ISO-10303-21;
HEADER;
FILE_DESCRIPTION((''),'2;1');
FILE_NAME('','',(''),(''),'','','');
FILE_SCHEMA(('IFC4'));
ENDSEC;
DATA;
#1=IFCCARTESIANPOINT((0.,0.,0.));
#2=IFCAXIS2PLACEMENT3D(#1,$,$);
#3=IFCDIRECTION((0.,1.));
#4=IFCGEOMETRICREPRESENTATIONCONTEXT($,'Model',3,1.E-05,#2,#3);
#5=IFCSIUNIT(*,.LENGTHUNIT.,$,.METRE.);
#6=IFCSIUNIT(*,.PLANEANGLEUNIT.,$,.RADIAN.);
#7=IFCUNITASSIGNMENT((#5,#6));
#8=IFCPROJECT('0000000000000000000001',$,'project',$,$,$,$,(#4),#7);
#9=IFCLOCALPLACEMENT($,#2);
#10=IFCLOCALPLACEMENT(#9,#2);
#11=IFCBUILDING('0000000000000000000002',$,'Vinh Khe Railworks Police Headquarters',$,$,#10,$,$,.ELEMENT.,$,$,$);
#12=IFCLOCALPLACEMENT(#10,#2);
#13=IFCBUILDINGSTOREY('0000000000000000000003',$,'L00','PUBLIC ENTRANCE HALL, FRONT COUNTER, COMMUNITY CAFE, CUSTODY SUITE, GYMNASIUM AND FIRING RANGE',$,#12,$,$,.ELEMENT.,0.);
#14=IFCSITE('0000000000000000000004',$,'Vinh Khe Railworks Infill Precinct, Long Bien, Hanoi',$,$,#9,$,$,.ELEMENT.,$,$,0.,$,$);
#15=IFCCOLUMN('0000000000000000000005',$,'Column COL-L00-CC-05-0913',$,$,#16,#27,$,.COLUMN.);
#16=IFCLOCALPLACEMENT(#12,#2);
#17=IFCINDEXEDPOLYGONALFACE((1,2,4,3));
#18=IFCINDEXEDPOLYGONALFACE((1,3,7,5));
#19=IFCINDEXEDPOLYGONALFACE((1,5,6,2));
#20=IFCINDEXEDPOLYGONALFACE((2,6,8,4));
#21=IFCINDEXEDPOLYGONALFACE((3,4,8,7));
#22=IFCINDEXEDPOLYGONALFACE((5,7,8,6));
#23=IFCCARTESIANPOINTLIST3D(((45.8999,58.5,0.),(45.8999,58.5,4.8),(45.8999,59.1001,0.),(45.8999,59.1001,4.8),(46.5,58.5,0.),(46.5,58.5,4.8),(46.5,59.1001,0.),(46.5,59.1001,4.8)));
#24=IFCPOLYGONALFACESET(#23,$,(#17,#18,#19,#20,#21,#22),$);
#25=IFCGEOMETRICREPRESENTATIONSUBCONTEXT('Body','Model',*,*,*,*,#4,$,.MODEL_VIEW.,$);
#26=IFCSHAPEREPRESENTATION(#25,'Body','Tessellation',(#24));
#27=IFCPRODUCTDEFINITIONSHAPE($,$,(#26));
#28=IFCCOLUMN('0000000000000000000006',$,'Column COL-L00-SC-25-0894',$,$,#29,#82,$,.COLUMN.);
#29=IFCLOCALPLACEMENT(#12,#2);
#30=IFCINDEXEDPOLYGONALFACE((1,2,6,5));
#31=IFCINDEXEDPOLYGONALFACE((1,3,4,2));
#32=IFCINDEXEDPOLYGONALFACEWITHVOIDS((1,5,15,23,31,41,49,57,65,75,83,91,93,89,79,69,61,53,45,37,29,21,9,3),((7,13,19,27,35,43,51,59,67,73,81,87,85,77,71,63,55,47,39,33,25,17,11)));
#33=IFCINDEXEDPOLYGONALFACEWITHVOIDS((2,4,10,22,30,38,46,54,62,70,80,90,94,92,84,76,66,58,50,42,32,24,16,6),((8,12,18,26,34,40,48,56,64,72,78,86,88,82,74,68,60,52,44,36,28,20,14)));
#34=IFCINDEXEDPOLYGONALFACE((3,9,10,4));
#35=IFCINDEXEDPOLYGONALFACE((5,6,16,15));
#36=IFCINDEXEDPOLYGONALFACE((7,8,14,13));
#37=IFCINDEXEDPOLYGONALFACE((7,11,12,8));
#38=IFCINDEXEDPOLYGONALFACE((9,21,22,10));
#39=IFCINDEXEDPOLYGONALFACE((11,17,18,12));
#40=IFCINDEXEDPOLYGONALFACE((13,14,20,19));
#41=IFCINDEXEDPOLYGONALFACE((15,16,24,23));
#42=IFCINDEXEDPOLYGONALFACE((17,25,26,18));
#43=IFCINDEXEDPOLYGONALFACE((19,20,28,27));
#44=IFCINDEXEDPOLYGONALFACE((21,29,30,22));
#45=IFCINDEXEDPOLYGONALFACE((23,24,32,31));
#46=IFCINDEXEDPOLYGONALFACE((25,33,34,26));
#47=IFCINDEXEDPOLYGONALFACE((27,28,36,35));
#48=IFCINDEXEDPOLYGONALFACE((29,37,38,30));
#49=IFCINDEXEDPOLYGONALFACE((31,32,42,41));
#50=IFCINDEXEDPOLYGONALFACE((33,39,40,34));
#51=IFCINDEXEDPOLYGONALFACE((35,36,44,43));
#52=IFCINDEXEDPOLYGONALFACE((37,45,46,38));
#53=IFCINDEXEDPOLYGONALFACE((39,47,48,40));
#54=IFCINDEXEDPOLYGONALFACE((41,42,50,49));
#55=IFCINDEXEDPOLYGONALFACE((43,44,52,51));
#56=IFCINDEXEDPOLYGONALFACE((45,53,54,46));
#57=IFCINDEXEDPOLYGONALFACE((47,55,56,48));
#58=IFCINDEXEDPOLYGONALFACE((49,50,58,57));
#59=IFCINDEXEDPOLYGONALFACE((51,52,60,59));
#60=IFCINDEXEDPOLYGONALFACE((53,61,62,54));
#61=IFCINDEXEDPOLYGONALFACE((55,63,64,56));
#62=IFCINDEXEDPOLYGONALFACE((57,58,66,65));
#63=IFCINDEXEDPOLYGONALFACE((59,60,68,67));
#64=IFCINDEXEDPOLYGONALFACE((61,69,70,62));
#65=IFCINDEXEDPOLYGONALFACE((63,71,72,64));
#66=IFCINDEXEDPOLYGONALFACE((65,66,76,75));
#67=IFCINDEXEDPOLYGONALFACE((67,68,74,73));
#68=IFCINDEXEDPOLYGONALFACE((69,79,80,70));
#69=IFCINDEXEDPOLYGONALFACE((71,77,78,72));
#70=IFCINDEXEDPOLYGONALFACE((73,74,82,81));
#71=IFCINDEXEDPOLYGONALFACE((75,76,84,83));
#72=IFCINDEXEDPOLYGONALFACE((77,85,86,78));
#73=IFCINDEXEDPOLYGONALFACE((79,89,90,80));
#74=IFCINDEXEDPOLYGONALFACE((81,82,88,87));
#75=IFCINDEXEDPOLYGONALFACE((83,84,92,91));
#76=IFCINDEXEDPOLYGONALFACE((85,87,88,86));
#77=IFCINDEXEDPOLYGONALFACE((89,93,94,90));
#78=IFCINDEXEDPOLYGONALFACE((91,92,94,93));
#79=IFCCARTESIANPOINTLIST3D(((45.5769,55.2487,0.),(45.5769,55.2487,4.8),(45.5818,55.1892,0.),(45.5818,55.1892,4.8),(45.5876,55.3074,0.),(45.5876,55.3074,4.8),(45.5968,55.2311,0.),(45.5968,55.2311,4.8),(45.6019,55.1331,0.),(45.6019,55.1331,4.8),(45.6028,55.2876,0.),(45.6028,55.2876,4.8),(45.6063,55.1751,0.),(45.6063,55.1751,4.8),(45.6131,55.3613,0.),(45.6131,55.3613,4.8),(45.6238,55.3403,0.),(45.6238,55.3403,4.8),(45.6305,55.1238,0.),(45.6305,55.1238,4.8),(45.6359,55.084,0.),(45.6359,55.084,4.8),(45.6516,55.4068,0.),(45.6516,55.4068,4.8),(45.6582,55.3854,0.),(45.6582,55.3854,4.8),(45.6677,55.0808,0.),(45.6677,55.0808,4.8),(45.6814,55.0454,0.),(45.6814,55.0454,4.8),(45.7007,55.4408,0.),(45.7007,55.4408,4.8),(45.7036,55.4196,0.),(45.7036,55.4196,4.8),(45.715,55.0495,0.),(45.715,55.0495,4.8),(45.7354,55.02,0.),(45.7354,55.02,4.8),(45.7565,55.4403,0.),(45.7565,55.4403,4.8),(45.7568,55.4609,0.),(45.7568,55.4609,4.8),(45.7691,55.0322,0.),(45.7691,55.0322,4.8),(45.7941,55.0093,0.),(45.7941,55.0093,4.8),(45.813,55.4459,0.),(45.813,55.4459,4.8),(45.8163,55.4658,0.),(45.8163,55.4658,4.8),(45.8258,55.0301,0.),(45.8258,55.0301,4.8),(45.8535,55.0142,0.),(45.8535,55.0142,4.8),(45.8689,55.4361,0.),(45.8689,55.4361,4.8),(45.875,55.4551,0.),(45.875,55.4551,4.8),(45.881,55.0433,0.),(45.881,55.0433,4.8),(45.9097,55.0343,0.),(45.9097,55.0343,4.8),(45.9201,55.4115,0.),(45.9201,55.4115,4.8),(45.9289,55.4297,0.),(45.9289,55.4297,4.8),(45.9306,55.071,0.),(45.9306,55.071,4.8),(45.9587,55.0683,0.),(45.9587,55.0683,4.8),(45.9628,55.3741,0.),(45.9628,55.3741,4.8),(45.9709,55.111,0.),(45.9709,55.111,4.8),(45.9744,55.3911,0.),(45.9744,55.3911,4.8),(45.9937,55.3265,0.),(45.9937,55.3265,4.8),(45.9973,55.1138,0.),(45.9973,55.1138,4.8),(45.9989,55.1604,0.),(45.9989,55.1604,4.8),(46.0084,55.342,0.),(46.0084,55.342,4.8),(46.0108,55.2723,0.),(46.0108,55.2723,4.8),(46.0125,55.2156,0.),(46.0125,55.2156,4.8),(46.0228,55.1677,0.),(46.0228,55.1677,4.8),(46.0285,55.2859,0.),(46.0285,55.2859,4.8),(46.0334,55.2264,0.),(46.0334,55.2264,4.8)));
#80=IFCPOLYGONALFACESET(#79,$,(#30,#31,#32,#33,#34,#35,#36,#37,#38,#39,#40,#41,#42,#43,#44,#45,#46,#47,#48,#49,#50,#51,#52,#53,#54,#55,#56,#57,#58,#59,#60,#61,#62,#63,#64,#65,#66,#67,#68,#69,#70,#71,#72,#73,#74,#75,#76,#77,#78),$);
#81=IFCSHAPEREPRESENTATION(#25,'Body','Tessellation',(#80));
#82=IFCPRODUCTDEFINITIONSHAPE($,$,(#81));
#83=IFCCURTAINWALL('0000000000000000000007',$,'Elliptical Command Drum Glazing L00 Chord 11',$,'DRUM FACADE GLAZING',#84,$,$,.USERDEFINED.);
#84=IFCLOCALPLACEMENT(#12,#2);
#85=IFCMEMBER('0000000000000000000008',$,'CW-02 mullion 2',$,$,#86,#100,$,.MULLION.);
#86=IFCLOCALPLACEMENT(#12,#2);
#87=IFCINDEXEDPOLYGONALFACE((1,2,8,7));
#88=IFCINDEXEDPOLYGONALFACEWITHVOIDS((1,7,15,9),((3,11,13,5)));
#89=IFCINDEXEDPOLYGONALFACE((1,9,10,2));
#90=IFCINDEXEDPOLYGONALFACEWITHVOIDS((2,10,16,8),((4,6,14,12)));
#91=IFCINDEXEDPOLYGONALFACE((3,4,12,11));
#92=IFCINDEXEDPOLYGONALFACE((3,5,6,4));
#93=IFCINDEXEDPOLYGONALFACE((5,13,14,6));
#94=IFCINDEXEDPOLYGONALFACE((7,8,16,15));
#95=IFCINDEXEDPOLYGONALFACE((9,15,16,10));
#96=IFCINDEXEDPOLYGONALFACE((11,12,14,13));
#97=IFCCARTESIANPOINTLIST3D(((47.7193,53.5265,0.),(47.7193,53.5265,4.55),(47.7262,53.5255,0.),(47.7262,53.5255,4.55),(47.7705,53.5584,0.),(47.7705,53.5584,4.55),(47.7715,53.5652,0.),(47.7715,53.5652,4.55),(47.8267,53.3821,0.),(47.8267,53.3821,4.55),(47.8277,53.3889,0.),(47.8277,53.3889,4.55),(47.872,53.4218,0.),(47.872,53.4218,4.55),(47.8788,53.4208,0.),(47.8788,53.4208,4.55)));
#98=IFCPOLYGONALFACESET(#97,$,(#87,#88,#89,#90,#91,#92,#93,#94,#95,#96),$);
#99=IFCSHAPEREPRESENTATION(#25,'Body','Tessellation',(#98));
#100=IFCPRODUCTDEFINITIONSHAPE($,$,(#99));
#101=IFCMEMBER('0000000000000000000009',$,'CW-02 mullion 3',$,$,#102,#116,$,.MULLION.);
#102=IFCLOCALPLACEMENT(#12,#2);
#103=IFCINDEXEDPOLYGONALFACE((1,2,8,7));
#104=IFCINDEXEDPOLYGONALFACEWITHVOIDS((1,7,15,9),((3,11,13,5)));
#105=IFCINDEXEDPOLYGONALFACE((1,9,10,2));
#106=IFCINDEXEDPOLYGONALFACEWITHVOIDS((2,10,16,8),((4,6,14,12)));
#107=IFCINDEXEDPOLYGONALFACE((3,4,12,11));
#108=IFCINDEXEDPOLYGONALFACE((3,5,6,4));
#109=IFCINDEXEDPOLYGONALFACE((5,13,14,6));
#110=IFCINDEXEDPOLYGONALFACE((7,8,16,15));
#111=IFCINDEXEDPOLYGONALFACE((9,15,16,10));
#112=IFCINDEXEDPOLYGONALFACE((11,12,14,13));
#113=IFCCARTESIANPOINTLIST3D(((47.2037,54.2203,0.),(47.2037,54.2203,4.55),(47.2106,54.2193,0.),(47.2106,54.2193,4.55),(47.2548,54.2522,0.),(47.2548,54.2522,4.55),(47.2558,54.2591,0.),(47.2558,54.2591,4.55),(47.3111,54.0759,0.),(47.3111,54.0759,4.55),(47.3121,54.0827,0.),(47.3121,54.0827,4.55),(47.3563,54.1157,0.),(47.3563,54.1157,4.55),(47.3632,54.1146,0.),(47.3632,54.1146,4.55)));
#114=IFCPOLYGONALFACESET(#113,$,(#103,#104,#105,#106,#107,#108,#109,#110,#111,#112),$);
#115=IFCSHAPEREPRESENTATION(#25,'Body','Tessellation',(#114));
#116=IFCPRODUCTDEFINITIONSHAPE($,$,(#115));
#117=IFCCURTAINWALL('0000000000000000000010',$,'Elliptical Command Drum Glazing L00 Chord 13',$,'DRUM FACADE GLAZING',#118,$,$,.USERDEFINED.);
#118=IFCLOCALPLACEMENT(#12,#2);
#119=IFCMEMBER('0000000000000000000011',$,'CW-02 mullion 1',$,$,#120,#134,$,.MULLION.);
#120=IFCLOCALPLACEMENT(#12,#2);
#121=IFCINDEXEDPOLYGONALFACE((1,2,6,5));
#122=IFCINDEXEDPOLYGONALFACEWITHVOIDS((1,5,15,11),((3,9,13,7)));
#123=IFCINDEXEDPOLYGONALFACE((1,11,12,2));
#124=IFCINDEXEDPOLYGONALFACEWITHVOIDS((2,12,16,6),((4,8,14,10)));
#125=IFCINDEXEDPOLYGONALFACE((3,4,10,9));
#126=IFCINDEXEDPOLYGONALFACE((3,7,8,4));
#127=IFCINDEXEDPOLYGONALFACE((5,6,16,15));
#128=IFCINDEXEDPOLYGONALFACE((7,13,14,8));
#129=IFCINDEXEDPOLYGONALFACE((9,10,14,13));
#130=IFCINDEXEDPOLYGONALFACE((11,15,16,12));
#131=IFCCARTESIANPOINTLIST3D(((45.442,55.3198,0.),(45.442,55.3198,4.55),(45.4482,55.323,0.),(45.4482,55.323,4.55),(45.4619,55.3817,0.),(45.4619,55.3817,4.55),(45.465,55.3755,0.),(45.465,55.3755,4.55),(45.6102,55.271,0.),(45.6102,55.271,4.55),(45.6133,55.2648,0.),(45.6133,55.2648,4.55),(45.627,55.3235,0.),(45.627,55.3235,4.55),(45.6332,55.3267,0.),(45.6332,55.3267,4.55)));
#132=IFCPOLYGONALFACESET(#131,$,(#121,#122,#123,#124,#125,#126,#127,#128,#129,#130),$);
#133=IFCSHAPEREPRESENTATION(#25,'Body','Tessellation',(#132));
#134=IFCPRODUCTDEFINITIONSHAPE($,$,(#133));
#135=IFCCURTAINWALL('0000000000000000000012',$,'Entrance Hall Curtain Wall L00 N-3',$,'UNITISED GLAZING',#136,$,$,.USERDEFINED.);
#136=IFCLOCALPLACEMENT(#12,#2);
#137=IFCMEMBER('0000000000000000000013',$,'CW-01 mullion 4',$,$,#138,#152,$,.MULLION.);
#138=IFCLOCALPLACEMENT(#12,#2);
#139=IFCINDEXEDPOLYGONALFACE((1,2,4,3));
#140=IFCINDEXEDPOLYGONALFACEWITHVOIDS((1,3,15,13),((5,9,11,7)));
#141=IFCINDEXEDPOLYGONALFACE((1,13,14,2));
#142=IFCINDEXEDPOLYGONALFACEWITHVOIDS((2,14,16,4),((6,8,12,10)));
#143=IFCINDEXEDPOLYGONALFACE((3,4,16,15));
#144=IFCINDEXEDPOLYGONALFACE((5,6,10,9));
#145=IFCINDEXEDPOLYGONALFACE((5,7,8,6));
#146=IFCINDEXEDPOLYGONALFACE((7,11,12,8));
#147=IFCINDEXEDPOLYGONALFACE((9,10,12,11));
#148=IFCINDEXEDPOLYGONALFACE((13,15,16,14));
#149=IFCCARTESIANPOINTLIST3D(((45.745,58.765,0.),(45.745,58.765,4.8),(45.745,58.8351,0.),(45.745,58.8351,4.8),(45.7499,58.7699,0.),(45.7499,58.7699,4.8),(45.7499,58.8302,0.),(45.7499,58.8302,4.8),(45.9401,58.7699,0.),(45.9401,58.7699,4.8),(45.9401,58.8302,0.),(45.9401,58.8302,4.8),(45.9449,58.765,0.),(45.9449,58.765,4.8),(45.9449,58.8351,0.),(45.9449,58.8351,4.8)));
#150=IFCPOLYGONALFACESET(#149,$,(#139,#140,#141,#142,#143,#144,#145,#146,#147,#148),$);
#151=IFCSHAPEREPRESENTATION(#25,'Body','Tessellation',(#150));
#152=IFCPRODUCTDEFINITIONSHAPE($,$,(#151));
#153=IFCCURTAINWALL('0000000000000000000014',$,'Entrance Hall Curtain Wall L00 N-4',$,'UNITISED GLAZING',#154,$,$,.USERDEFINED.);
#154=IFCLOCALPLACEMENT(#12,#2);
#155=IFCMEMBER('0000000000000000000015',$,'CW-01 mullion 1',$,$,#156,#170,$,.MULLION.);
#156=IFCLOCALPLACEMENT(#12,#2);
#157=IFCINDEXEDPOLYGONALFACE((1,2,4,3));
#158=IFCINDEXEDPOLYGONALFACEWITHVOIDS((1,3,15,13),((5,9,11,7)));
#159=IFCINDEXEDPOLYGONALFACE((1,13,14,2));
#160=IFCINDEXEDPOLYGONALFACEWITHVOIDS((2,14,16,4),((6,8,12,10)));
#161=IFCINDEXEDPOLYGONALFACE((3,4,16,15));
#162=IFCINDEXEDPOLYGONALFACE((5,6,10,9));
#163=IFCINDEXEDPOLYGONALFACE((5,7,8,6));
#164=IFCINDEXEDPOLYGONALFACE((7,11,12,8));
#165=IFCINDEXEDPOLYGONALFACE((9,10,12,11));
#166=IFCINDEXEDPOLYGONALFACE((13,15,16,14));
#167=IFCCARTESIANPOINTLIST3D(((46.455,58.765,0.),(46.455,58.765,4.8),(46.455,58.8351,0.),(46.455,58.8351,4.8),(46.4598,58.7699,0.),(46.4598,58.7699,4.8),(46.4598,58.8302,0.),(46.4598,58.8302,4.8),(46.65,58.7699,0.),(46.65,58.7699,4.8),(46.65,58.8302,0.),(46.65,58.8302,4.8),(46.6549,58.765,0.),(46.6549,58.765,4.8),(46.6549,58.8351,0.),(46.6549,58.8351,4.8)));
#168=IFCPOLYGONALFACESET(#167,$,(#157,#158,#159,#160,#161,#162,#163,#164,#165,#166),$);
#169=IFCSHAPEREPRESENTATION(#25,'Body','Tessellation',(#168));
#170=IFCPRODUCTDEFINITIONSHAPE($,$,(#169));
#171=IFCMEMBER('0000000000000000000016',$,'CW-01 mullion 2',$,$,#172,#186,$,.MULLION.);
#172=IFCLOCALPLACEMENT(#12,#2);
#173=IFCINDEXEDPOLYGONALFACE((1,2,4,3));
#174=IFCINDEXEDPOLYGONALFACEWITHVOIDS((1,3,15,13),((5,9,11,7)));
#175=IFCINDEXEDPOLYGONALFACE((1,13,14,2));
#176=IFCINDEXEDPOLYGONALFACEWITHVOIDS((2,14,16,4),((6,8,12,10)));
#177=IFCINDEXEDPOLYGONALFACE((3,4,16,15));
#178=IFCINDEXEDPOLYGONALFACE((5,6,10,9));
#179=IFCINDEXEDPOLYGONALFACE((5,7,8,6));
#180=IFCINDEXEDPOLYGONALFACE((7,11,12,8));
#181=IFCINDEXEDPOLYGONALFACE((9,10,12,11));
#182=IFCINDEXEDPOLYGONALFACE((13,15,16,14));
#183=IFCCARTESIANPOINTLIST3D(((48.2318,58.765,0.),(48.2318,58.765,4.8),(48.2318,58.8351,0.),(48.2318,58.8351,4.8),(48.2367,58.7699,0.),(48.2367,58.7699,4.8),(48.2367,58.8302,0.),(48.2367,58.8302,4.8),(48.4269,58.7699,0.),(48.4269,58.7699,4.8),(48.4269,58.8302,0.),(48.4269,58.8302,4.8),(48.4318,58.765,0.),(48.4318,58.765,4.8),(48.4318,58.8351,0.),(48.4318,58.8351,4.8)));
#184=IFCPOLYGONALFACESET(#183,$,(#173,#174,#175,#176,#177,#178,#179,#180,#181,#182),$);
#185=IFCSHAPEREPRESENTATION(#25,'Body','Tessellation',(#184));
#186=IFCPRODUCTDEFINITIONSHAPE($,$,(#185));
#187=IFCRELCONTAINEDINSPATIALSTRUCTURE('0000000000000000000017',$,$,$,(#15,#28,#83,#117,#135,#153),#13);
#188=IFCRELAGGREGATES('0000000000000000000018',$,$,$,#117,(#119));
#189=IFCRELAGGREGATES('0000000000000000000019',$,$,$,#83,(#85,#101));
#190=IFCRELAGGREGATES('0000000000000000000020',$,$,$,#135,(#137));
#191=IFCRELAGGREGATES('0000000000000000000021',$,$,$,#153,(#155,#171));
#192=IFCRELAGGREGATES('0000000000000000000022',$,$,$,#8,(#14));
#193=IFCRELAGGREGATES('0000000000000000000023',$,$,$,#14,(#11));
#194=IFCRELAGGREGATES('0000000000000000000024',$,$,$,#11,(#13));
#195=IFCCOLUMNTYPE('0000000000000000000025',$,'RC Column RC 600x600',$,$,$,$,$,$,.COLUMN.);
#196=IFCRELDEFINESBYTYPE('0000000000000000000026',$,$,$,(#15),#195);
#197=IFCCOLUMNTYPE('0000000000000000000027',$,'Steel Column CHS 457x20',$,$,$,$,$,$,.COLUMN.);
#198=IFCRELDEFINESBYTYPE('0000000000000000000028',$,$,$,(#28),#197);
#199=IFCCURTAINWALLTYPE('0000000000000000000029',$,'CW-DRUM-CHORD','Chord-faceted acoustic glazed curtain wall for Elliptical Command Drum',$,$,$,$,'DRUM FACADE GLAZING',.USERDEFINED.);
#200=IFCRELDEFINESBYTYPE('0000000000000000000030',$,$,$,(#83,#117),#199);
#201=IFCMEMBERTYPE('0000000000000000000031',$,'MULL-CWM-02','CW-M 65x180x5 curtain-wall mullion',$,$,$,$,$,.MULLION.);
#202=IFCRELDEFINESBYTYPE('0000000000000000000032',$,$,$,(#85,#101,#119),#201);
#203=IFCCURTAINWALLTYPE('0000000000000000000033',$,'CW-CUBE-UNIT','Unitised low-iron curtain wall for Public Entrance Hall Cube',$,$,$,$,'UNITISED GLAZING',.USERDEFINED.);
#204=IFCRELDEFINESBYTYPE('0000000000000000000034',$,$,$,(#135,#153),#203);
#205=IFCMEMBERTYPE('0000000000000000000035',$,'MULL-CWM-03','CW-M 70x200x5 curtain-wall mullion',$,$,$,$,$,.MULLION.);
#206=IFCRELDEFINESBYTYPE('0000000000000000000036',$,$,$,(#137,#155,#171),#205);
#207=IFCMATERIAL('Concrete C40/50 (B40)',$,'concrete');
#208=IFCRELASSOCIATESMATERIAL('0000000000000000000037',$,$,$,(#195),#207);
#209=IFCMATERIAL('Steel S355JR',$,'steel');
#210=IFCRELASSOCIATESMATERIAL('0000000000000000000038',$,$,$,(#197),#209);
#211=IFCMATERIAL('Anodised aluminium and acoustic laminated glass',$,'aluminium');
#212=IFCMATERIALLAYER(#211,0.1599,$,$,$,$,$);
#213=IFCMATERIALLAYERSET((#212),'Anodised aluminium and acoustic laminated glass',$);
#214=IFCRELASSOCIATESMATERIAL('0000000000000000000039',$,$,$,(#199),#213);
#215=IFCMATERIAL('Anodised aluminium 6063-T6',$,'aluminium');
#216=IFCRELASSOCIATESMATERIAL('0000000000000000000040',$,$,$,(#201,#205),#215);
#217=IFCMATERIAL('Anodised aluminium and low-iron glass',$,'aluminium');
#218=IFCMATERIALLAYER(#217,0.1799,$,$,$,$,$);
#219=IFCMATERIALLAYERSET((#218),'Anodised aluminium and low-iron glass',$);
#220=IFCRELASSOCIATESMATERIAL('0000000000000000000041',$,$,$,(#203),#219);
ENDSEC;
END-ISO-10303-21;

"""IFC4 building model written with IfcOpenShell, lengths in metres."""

from ifc_helpers import new_model, si_unit, direction, frame, origin, origin_2d, place, context, subcontext, project, spatial, rectangle, hollow_rectangle, hollow_circle, extrude, material, layer, layer_set, material_profile, profile_set, type_object, element, aggregate, save


model = new_model("IFC4")

# Units and contexts
model_context = context("Model", 3, precision=1e-05, world=origin(), true_north=direction((0.0, 1.0)))
body_context = subcontext(model_context, "Body", "Model", "MODEL_VIEW")
ifc_project = project(units=[si_unit("LENGTHUNIT", "METRE"), si_unit("PLANEANGLEUNIT", "RADIAN")], contexts=[model_context])

# Site, building, storey
site_placement = place(None, origin())
site = spatial("IfcSite", under=ifc_project, at=site_placement, Name="Vinh Khe Railworks Infill Precinct, Long Bien, Hanoi", CompositionType="ELEMENT", RefElevation=0.0)
building_placement = place(site_placement, origin())
building = spatial("IfcBuilding", under=site, at=building_placement, Name="Vinh Khe Railworks Police Headquarters", CompositionType="ELEMENT")
storey_placement = place(building_placement, origin())
storey = spatial("IfcBuildingStorey", under=building, at=storey_placement, Name="L00", Description="PUBLIC ENTRANCE HALL, FRONT COUNTER, COMMUNITY CAFE, CUSTODY SUITE, GYMNASIUM AND FIRING RANGE", CompositionType="ELEMENT", Elevation=0.0)

# Columns
ifc_material_1 = material(Name="Concrete C40/50 (B40)", Category="concrete")
ifc_material_profile_1 = material_profile(ifc_material_1, rectangle(XDim=0.6001, YDim=0.6001, at=origin_2d()), Name="RC 600x600")
ifc_profile_set_1 = profile_set([ifc_material_profile_1], Name="Concrete C40/50 (B40)")
column_type_1 = type_object("IfcColumnType", Name="RC Column RC 600x600", PredefinedType="COLUMN", material=ifc_profile_set_1)
column_1_placement = place(storey_placement, frame((46.2, 58.8, 0.0), z_axis=(0.0, 0.0, 1.0), x_axis=(1.0, 0.0, 0.0)))
element("IfcColumn", 1, at=column_1_placement, inside=storey, type_object=column_type_1, Name="Column COL-L00-CC-05-0913", PredefinedType="COLUMN", context=body_context, shape_type="SweptSolid", body=[
    extrude(rectangle(XDim=0.6001, YDim=0.6001, at=origin_2d()), origin(), (0.0, 0.0, 1.0), 4.8),
])
ifc_material_2 = material(Name="Steel S355JR", Category="steel")
ifc_material_profile_2 = material_profile(ifc_material_2, hollow_circle(Radius=0.2285, WallThickness=0.02, at=origin_2d()), Name="CHS 457x20")
ifc_profile_set_2 = profile_set([ifc_material_profile_2], Name="Steel S355JR")
column_type_2 = type_object("IfcColumnType", Name="Steel Column CHS 457x20", PredefinedType="COLUMN", material=ifc_profile_set_2)
column_2_placement = place(storey_placement, frame((45.8052, 55.2375, 0.0), z_axis=(0.0, 0.0, 1.0), x_axis=(0.305529, 0.952183, 0.0)))
element("IfcColumn", 2, at=column_2_placement, inside=storey, type_object=column_type_2, Name="Column COL-L00-SC-25-0894", PredefinedType="COLUMN", context=body_context, shape_type="SweptSolid", body=[
    extrude(hollow_circle(Radius=0.2285, WallThickness=0.02, at=origin_2d()), origin(), (0.0, 0.0, 1.0), 4.8),
])

# Curtain wall, members
ifc_material_3 = material(Name="Anodised aluminium and acoustic laminated glass", Category="aluminium")
ifc_layer_1 = layer(ifc_material_3, 0.1599)
ifc_layer_set_1 = layer_set([ifc_layer_1], Name="Anodised aluminium and acoustic laminated glass")
curtain_wall_type_1 = type_object("IfcCurtainWallType", Name="CW-DRUM-CHORD", Description="Chord-faceted acoustic glazed curtain wall for Elliptical Command Drum", ElementType="DRUM FACADE GLAZING", PredefinedType="USERDEFINED", material=ifc_layer_set_1)
curtain_wall_1_placement = place(storey_placement, origin())
curtain_wall_1 = element("IfcCurtainWall", 3, at=curtain_wall_1_placement, inside=storey, type_object=curtain_wall_type_1, Name="Elliptical Command Drum Glazing L00 Chord 11", ObjectType="DRUM FACADE GLAZING", PredefinedType="USERDEFINED")
ifc_material_4 = material(Name="Anodised aluminium 6063-T6", Category="aluminium")
ifc_material_profile_3 = material_profile(ifc_material_4, hollow_rectangle(XDim=0.0649, YDim=0.1799, WallThickness=0.0049, at=origin_2d()), Name="CW-M 65x180x5")
ifc_profile_set_3 = profile_set([ifc_material_profile_3], Name="Anodised aluminium 6063-T6")
member_type_1 = type_object("IfcMemberType", Name="MULL-CWM-02", Description="CW-M 65x180x5 curtain-wall mullion", PredefinedType="MULLION", material=ifc_profile_set_3)
member_1_placement = place(storey_placement, frame((47.7991, 53.4736, 0.0), z_axis=(0.0, 0.0, 1.0), x_axis=(-0.802592, -0.596528, 0.0)))
member_1 = element("IfcMember", 4, at=member_1_placement, type_object=member_type_1, Name="CW-02 mullion 2", PredefinedType="MULLION", context=body_context, shape_type="SweptSolid", body=[
    extrude(hollow_rectangle(XDim=0.0649, YDim=0.1799, WallThickness=0.0049, at=origin_2d()), origin(), (0.0, 0.0, 1.0), 4.55),
])
member_2_placement = place(storey_placement, frame((47.2834, 54.1675, 0.0), z_axis=(0.0, 0.0, 1.0), x_axis=(-0.802592, -0.596528, 0.0)))
member_2 = element("IfcMember", 5, at=member_2_placement, type_object=member_type_1, Name="CW-02 mullion 3", PredefinedType="MULLION", context=body_context, shape_type="SweptSolid", body=[
    extrude(hollow_rectangle(XDim=0.0649, YDim=0.1799, WallThickness=0.0049, at=origin_2d()), origin(), (0.0, 0.0, 1.0), 4.55),
])

# Curtain walls, members
curtain_wall_2_placement = place(storey_placement, origin())
curtain_wall_2 = element("IfcCurtainWall", 6, at=curtain_wall_2_placement, inside=storey, type_object=curtain_wall_type_1, Name="Elliptical Command Drum Glazing L00 Chord 13", ObjectType="DRUM FACADE GLAZING", PredefinedType="USERDEFINED")
member_3_placement = place(storey_placement, frame((45.5376, 55.3232, 0.0), z_axis=(0.0, 0.0, 1.0), x_axis=(-0.305576, -0.952168, 0.0)))
member_3 = element("IfcMember", 7, at=member_3_placement, type_object=member_type_1, Name="CW-02 mullion 1", PredefinedType="MULLION", context=body_context, shape_type="SweptSolid", body=[
    extrude(hollow_rectangle(XDim=0.0649, YDim=0.1799, WallThickness=0.0049, at=origin_2d()), origin(), (0.0, 0.0, 1.0), 4.55),
])
ifc_material_5 = material(Name="Anodised aluminium and low-iron glass", Category="aluminium")
ifc_layer_2 = layer(ifc_material_5, 0.1799)
ifc_layer_set_2 = layer_set([ifc_layer_2], Name="Anodised aluminium and low-iron glass")
curtain_wall_type_2 = type_object("IfcCurtainWallType", Name="CW-CUBE-UNIT", Description="Unitised low-iron curtain wall for Public Entrance Hall Cube", ElementType="UNITISED GLAZING", PredefinedType="USERDEFINED", material=ifc_layer_set_2)
curtain_wall_3_placement = place(storey_placement, origin())
curtain_wall_3 = element("IfcCurtainWall", 8, at=curtain_wall_3_placement, inside=storey, type_object=curtain_wall_type_2, Name="Entrance Hall Curtain Wall L00 N-3", ObjectType="UNITISED GLAZING", PredefinedType="USERDEFINED")
ifc_material_profile_4 = material_profile(ifc_material_4, hollow_rectangle(XDim=0.0701, YDim=0.2, WallThickness=0.0049, at=origin_2d()), Name="CW-M 70x200x5")
ifc_profile_set_4 = profile_set([ifc_material_profile_4], Name="Anodised aluminium 6063-T6")
member_type_2 = type_object("IfcMemberType", Name="MULL-CWM-03", Description="CW-M 70x200x5 curtain-wall mullion", PredefinedType="MULLION", material=ifc_profile_set_4)
member_4_placement = place(storey_placement, frame((45.845, 58.8, 0.0), z_axis=(0.0, 0.0, 1.0), x_axis=(0.0, 1.0, 0.0)))
member_4 = element("IfcMember", 9, at=member_4_placement, type_object=member_type_2, Name="CW-01 mullion 4", PredefinedType="MULLION", context=body_context, shape_type="SweptSolid", body=[
    extrude(hollow_rectangle(XDim=0.0701, YDim=0.2, WallThickness=0.0049, at=origin_2d()), origin(), (0.0, 0.0, 1.0), 4.8),
])

# Curtain wall, members
curtain_wall_4_placement = place(storey_placement, origin())
curtain_wall_4 = element("IfcCurtainWall", 10, at=curtain_wall_4_placement, inside=storey, type_object=curtain_wall_type_2, Name="Entrance Hall Curtain Wall L00 N-4", ObjectType="UNITISED GLAZING", PredefinedType="USERDEFINED")
member_5_placement = place(storey_placement, frame((46.5549, 58.8, 0.0), z_axis=(0.0, 0.0, 1.0), x_axis=(0.0, 1.0, 0.0)))
member_5 = element("IfcMember", 11, at=member_5_placement, type_object=member_type_2, Name="CW-01 mullion 1", PredefinedType="MULLION", context=body_context, shape_type="SweptSolid", body=[
    extrude(hollow_rectangle(XDim=0.0701, YDim=0.2, WallThickness=0.0049, at=origin_2d()), origin(), (0.0, 0.0, 1.0), 4.8),
])
member_6_placement = place(storey_placement, frame((48.3318, 58.8, 0.0), z_axis=(0.0, 0.0, 1.0), x_axis=(0.0, 1.0, 0.0)))
member_6 = element("IfcMember", 12, at=member_6_placement, type_object=member_type_2, Name="CW-01 mullion 2", PredefinedType="MULLION", context=body_context, shape_type="SweptSolid", body=[
    extrude(hollow_rectangle(XDim=0.0701, YDim=0.2, WallThickness=0.0049, at=origin_2d()), origin(), (0.0, 0.0, 1.0), 4.8),
])

aggregate(curtain_wall_2, [member_3])

aggregate(curtain_wall_1, [member_1, member_2])
aggregate(curtain_wall_3, [member_4])
aggregate(curtain_wall_4, [member_5, member_6])

save(model, "model.ifc")
